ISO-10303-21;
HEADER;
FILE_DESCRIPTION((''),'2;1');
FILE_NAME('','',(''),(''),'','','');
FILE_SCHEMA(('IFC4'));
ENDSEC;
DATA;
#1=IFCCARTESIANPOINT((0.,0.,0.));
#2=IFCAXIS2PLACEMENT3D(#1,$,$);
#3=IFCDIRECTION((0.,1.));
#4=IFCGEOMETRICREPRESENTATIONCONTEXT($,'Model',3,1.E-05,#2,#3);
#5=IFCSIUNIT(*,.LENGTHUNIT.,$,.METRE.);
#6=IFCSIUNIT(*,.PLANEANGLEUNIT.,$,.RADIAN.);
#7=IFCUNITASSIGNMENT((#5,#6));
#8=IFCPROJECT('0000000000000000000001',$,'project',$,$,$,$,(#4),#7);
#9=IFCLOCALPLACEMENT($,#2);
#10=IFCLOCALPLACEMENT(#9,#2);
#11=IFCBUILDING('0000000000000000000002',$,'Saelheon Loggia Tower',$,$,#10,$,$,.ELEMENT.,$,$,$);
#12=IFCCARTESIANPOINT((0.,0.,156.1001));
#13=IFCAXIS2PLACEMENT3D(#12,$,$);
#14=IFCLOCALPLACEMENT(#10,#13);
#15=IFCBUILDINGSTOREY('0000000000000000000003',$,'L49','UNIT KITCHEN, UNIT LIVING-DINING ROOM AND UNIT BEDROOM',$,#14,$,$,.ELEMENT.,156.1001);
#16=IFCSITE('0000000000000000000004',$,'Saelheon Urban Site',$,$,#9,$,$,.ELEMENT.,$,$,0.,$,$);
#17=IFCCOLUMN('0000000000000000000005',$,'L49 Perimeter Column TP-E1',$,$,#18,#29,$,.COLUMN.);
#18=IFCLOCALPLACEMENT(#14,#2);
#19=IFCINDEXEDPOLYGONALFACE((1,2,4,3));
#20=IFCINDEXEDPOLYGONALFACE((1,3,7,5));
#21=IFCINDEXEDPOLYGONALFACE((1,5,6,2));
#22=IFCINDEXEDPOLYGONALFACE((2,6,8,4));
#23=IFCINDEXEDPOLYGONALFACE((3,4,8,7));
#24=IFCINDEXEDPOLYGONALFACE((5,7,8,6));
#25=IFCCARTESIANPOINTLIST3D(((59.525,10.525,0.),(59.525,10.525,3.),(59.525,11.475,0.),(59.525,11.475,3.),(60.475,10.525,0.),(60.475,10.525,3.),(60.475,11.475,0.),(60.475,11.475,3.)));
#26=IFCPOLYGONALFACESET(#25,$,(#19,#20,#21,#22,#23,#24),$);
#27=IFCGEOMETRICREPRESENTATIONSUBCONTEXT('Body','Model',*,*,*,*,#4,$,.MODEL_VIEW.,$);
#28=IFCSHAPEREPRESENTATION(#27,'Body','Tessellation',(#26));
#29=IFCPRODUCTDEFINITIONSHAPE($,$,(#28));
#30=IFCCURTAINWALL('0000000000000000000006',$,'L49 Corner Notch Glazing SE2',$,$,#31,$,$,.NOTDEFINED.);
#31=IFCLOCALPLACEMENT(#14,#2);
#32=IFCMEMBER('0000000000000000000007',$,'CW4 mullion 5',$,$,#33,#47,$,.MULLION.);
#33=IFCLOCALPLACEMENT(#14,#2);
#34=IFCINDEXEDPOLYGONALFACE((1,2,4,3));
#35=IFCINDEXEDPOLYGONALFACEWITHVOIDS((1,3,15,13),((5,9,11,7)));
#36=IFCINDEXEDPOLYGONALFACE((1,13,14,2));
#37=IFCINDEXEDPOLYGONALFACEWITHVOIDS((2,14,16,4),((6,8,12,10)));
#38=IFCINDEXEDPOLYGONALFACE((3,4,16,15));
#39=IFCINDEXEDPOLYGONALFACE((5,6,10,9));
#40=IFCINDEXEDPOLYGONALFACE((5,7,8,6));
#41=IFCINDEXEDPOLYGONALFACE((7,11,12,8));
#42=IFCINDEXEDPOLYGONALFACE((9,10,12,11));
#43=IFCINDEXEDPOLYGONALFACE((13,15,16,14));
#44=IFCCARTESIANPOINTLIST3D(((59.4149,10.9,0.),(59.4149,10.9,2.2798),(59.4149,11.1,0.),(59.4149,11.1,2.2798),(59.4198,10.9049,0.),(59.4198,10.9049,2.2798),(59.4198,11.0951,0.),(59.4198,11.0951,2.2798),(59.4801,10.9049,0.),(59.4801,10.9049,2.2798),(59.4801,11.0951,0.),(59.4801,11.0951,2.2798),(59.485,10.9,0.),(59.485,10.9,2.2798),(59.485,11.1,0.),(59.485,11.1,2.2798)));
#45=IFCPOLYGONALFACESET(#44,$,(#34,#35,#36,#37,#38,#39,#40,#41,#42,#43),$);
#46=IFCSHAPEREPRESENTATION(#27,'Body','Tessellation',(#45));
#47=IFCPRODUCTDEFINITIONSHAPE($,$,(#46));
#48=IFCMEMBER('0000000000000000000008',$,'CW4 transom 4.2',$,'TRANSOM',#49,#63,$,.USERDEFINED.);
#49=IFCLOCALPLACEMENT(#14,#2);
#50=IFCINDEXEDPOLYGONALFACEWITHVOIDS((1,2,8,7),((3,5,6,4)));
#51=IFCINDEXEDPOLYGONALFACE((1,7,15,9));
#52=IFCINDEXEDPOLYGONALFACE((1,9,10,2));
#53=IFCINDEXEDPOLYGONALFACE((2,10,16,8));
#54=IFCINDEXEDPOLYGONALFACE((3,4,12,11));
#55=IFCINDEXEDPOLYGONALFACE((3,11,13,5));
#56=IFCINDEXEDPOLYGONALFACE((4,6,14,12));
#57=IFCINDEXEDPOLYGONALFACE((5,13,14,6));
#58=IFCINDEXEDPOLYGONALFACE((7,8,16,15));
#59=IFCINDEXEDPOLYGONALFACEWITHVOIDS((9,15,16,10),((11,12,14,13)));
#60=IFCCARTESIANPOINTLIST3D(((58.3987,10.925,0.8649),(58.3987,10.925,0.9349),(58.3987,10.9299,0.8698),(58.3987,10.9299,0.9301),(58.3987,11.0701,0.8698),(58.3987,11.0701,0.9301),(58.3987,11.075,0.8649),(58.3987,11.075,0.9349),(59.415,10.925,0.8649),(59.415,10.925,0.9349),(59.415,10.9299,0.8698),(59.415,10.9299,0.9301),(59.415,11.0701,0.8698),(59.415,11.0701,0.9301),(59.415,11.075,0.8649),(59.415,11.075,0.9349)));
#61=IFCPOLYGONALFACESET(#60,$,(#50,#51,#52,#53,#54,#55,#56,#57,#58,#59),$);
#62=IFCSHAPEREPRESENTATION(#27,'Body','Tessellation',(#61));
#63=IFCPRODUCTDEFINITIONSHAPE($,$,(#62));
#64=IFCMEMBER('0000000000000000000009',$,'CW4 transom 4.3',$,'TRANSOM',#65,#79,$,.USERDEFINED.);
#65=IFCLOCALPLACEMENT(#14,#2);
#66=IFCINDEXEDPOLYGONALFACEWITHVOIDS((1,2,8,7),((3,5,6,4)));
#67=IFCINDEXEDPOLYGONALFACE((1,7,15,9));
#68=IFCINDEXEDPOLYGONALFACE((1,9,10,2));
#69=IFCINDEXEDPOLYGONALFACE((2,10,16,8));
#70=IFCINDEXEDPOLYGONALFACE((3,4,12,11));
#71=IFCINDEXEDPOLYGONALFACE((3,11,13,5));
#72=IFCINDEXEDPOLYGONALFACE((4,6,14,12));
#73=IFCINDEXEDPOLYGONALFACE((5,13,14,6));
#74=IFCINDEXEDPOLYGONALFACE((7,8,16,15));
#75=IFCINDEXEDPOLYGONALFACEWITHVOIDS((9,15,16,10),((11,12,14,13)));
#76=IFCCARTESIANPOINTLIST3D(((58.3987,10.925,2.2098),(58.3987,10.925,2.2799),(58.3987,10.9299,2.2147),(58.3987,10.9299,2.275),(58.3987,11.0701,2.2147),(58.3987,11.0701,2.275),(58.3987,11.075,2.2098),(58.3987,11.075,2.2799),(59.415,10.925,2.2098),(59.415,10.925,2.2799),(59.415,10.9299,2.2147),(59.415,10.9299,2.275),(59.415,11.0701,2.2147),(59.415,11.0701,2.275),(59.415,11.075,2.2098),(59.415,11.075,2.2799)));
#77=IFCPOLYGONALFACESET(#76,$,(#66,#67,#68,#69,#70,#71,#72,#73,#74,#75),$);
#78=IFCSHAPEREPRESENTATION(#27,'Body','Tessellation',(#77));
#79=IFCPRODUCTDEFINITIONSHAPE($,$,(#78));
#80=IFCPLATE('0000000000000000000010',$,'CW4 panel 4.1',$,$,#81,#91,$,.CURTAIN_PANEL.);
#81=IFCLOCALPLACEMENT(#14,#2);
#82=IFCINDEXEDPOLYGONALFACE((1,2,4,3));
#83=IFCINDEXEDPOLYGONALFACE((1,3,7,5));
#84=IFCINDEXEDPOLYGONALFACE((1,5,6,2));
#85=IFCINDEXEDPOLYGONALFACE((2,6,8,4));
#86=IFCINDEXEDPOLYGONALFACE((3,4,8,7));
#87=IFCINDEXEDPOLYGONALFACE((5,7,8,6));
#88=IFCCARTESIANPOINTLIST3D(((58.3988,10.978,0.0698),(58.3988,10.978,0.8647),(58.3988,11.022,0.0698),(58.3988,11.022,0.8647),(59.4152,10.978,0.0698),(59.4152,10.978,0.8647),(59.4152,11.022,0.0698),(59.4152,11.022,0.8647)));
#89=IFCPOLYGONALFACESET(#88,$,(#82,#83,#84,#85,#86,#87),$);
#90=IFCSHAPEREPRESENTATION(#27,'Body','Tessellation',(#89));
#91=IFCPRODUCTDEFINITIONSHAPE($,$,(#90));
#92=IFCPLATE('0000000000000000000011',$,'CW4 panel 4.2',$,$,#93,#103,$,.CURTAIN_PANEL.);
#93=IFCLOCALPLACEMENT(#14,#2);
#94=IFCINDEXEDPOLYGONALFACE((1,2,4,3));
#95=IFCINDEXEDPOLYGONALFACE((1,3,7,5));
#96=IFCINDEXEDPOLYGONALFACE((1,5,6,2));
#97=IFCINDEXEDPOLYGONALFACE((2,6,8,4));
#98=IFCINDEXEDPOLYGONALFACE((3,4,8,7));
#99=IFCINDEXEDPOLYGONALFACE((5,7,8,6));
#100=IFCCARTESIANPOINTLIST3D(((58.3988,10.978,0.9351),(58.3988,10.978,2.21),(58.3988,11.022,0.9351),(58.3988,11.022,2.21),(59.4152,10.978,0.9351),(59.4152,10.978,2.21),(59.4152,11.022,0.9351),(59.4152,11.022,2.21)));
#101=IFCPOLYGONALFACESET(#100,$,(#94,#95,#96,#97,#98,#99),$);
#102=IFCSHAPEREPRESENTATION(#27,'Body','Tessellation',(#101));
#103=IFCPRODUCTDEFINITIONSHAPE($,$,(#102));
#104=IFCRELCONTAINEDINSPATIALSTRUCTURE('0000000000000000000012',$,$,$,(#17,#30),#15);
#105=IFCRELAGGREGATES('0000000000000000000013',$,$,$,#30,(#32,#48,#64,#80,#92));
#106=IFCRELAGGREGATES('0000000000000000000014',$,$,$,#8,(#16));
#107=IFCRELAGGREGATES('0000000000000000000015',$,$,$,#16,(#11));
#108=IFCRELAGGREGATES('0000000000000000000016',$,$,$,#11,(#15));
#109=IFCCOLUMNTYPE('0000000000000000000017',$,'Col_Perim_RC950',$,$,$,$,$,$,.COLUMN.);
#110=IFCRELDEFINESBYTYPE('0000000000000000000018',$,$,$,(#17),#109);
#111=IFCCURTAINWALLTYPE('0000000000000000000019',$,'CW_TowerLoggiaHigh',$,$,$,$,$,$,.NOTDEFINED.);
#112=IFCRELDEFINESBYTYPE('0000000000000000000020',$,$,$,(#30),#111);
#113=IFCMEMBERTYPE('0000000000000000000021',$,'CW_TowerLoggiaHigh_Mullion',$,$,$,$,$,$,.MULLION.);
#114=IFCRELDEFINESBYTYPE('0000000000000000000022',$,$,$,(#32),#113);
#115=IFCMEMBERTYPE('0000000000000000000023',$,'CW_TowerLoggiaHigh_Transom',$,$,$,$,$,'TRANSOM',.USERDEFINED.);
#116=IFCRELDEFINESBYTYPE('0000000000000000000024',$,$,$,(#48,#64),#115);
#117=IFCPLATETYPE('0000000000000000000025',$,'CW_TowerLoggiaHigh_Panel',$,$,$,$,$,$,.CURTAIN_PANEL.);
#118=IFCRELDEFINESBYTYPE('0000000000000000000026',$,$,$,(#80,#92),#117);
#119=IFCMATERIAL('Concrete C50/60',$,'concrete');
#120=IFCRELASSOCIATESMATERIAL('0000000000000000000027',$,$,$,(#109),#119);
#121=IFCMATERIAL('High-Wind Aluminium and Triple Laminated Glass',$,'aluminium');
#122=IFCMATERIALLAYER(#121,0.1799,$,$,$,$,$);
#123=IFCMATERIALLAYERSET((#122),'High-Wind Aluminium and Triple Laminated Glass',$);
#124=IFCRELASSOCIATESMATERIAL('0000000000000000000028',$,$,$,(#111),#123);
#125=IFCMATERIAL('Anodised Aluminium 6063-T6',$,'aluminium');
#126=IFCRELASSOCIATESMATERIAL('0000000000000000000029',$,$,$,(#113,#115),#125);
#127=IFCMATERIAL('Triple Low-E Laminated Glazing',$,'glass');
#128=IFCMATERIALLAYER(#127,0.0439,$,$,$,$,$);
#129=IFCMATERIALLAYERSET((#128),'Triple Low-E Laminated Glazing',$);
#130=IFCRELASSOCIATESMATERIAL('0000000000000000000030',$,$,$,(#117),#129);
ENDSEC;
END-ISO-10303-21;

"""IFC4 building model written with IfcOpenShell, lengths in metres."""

from ifc_helpers import new_model, si_unit, direction, frame, origin, origin_2d, place, context, subcontext, project, spatial, rectangle, hollow_rectangle, extrude, source, transform, mapped, material, layer, layer_set, material_profile, profile_set, type_object, element, aggregate, save


model = new_model("IFC4")

# Units and contexts
model_context = context("Model", 3, precision=1e-05, world=origin(), true_north=direction((0.0, 1.0)))
body_context = subcontext(model_context, "Body", "Model", "MODEL_VIEW")
ifc_project = project(units=[si_unit("LENGTHUNIT", "METRE"), si_unit("PLANEANGLEUNIT", "RADIAN")], contexts=[model_context])

# Site, building, storey
site_placement = place(None, origin())
site = spatial("IfcSite", under=ifc_project, at=site_placement, Name="Saelheon Urban Site", CompositionType="ELEMENT", RefElevation=0.0)
building_placement = place(site_placement, origin())
building = spatial("IfcBuilding", under=site, at=building_placement, Name="Saelheon Loggia Tower", CompositionType="ELEMENT")
storey_placement = place(building_placement, frame((0.0, 0.0, 156.1001)))
storey = spatial("IfcBuildingStorey", under=building, at=storey_placement, Name="L49", Description="UNIT KITCHEN, UNIT LIVING-DINING ROOM AND UNIT BEDROOM", CompositionType="ELEMENT", Elevation=156.1001)

# Column
ifc_material_1 = material(Name="Concrete C50/60", Category="concrete")
ifc_material_profile_1 = material_profile(ifc_material_1, rectangle(XDim=0.95, YDim=0.95, at=origin_2d()), Name="RC-950x950")
ifc_profile_set_1 = profile_set([ifc_material_profile_1], Name="Concrete C50/60")
column_type = type_object("IfcColumnType", Name="Col_Perim_RC950", PredefinedType="COLUMN", material=ifc_profile_set_1)
shared_shape_1 = source(origin(), body_context, "Body", "SweptSolid", [
    extrude(rectangle(XDim=0.95, YDim=0.95, at=origin_2d()), origin(), (0.0, 0.0, 1.0), 3.0),
])
column_placement = place(storey_placement, frame((60.0, 11.0, 0.0), z_axis=(0.0, 0.0, 1.0), x_axis=(1.0, 0.0, 0.0)))
element("IfcColumn", 1, at=column_placement, inside=storey, type_object=column_type, Name="L49 Perimeter Column TP-E1", PredefinedType="COLUMN", context=body_context, shape_type="MappedRepresentation", body=[
    mapped(shared_shape_1, transform((0.0, 0.0, 0.0), scale=1.0)),
])

# Curtain wall, members, plates
ifc_material_2 = material(Name="High-Wind Aluminium and Triple Laminated Glass", Category="aluminium")
ifc_layer_1 = layer(ifc_material_2, 0.1799)
ifc_layer_set_1 = layer_set([ifc_layer_1], Name="High-Wind Aluminium and Triple Laminated Glass")
curtain_wall_type = type_object("IfcCurtainWallType", Name="CW_TowerLoggiaHigh", PredefinedType="NOTDEFINED", material=ifc_layer_set_1)
curtain_wall_placement = place(storey_placement, origin())
curtain_wall = element("IfcCurtainWall", 2, at=curtain_wall_placement, inside=storey, type_object=curtain_wall_type, Name="L49 Corner Notch Glazing SE2", PredefinedType="NOTDEFINED")
ifc_material_3 = material(Name="Anodised Aluminium 6063-T6", Category="aluminium")
ifc_material_profile_2 = material_profile(ifc_material_3, hollow_rectangle(XDim=0.0701, YDim=0.2, WallThickness=0.0049, at=origin_2d()), Name="RHS-200x70x5")
ifc_profile_set_2 = profile_set([ifc_material_profile_2], Name="Anodised Aluminium 6063-T6")
member_type_1 = type_object("IfcMemberType", Name="CW_TowerLoggiaHigh_Mullion", PredefinedType="MULLION", material=ifc_profile_set_2)
shared_shape_2 = source(origin(), body_context, "Body", "SweptSolid", [
    extrude(hollow_rectangle(XDim=0.0701, YDim=0.2, WallThickness=0.0049, at=origin_2d()), origin(), (0.0, 0.0, 1.0), 2.2798),
])
member_1_placement = place(storey_placement, frame((59.45, 11.0, 0.0), z_axis=(0.0, 0.0, 1.0), x_axis=(1.0, 0.0, 0.0)))
member_1 = element("IfcMember", 3, at=member_1_placement, type_object=member_type_1, Name="CW4 mullion 5", PredefinedType="MULLION", context=body_context, shape_type="MappedRepresentation", body=[
    mapped(shared_shape_2, transform((0.0, 0.0, 0.0), scale=1.0)),
])
ifc_material_profile_3 = material_profile(ifc_material_3, hollow_rectangle(XDim=0.0701, YDim=0.1499, WallThickness=0.0049, at=origin_2d()), Name="RHS-150x70x5")
ifc_profile_set_3 = profile_set([ifc_material_profile_3], Name="Anodised Aluminium 6063-T6")
member_type_2 = type_object("IfcMemberType", Name="CW_TowerLoggiaHigh_Transom", ElementType="TRANSOM", PredefinedType="USERDEFINED", material=ifc_profile_set_3)
shared_shape_3 = source(origin(), body_context, "Body", "SweptSolid", [
    extrude(hollow_rectangle(XDim=0.0701, YDim=0.1499, WallThickness=0.0049, at=origin_2d()), origin(), (0.0, 0.0, 1.0), 1.0164),
])
member_2_placement = place(storey_placement, frame((58.3987, 11.0, 0.8999), z_axis=(1.0, 0.0, 0.0), x_axis=(0.0, 0.0, 1.0)))
member_2 = element("IfcMember", 4, at=member_2_placement, type_object=member_type_2, Name="CW4 transom 4.2", ObjectType="TRANSOM", PredefinedType="USERDEFINED", context=body_context, shape_type="MappedRepresentation", body=[
    mapped(shared_shape_3, transform((0.0, 0.0, 0.0), scale=1.0)),
])
member_3_placement = place(storey_placement, frame((58.3987, 11.0, 2.2449), z_axis=(1.0, 0.0, 0.0), x_axis=(0.0, 0.0, 1.0)))
member_3 = element("IfcMember", 5, at=member_3_placement, type_object=member_type_2, Name="CW4 transom 4.3", ObjectType="TRANSOM", PredefinedType="USERDEFINED", context=body_context, shape_type="MappedRepresentation", body=[
    mapped(shared_shape_3, transform((0.0, 0.0, 0.0), scale=1.0)),
])
ifc_material_4 = material(Name="Triple Low-E Laminated Glazing", Category="glass")
ifc_layer_2 = layer(ifc_material_4, 0.0439)
ifc_layer_set_2 = layer_set([ifc_layer_2], Name="Triple Low-E Laminated Glazing")
plate_type = type_object("IfcPlateType", Name="CW_TowerLoggiaHigh_Panel", PredefinedType="CURTAIN_PANEL", material=ifc_layer_set_2)
shared_shape_4 = source(origin(), body_context, "Body", "SweptSolid", [
    extrude(rectangle(XDim=1.0164, YDim=0.0439, at=origin_2d()), origin(), (0.0, 0.0, 1.0), 0.7949),
])
plate_1_placement = place(storey_placement, frame((58.907, 11.0, 0.0698), z_axis=(0.0, 0.0, 1.0), x_axis=(1.0, 0.0, 0.0)))
plate_1 = element("IfcPlate", 6, at=plate_1_placement, type_object=plate_type, Name="CW4 panel 4.1", PredefinedType="CURTAIN_PANEL", context=body_context, shape_type="MappedRepresentation", body=[
    mapped(shared_shape_4, transform((0.0, 0.0, 0.0), scale=1.0)),
])
shared_shape_5 = source(origin(), body_context, "Body", "SweptSolid", [
    extrude(rectangle(XDim=1.0164, YDim=0.0439, at=origin_2d()), origin(), (0.0, 0.0, 1.0), 1.2749),
])
plate_2_placement = place(storey_placement, frame((58.907, 11.0, 0.9351), z_axis=(0.0, 0.0, 1.0), x_axis=(1.0, 0.0, 0.0)))
plate_2 = element("IfcPlate", 7, at=plate_2_placement, type_object=plate_type, Name="CW4 panel 4.2", PredefinedType="CURTAIN_PANEL", context=body_context, shape_type="MappedRepresentation", body=[
    mapped(shared_shape_5, transform((0.0, 0.0, 0.0), scale=1.0)),
])
aggregate(curtain_wall, [member_1, member_2, member_3, plate_1, plate_2])

save(model, "model.ifc")
